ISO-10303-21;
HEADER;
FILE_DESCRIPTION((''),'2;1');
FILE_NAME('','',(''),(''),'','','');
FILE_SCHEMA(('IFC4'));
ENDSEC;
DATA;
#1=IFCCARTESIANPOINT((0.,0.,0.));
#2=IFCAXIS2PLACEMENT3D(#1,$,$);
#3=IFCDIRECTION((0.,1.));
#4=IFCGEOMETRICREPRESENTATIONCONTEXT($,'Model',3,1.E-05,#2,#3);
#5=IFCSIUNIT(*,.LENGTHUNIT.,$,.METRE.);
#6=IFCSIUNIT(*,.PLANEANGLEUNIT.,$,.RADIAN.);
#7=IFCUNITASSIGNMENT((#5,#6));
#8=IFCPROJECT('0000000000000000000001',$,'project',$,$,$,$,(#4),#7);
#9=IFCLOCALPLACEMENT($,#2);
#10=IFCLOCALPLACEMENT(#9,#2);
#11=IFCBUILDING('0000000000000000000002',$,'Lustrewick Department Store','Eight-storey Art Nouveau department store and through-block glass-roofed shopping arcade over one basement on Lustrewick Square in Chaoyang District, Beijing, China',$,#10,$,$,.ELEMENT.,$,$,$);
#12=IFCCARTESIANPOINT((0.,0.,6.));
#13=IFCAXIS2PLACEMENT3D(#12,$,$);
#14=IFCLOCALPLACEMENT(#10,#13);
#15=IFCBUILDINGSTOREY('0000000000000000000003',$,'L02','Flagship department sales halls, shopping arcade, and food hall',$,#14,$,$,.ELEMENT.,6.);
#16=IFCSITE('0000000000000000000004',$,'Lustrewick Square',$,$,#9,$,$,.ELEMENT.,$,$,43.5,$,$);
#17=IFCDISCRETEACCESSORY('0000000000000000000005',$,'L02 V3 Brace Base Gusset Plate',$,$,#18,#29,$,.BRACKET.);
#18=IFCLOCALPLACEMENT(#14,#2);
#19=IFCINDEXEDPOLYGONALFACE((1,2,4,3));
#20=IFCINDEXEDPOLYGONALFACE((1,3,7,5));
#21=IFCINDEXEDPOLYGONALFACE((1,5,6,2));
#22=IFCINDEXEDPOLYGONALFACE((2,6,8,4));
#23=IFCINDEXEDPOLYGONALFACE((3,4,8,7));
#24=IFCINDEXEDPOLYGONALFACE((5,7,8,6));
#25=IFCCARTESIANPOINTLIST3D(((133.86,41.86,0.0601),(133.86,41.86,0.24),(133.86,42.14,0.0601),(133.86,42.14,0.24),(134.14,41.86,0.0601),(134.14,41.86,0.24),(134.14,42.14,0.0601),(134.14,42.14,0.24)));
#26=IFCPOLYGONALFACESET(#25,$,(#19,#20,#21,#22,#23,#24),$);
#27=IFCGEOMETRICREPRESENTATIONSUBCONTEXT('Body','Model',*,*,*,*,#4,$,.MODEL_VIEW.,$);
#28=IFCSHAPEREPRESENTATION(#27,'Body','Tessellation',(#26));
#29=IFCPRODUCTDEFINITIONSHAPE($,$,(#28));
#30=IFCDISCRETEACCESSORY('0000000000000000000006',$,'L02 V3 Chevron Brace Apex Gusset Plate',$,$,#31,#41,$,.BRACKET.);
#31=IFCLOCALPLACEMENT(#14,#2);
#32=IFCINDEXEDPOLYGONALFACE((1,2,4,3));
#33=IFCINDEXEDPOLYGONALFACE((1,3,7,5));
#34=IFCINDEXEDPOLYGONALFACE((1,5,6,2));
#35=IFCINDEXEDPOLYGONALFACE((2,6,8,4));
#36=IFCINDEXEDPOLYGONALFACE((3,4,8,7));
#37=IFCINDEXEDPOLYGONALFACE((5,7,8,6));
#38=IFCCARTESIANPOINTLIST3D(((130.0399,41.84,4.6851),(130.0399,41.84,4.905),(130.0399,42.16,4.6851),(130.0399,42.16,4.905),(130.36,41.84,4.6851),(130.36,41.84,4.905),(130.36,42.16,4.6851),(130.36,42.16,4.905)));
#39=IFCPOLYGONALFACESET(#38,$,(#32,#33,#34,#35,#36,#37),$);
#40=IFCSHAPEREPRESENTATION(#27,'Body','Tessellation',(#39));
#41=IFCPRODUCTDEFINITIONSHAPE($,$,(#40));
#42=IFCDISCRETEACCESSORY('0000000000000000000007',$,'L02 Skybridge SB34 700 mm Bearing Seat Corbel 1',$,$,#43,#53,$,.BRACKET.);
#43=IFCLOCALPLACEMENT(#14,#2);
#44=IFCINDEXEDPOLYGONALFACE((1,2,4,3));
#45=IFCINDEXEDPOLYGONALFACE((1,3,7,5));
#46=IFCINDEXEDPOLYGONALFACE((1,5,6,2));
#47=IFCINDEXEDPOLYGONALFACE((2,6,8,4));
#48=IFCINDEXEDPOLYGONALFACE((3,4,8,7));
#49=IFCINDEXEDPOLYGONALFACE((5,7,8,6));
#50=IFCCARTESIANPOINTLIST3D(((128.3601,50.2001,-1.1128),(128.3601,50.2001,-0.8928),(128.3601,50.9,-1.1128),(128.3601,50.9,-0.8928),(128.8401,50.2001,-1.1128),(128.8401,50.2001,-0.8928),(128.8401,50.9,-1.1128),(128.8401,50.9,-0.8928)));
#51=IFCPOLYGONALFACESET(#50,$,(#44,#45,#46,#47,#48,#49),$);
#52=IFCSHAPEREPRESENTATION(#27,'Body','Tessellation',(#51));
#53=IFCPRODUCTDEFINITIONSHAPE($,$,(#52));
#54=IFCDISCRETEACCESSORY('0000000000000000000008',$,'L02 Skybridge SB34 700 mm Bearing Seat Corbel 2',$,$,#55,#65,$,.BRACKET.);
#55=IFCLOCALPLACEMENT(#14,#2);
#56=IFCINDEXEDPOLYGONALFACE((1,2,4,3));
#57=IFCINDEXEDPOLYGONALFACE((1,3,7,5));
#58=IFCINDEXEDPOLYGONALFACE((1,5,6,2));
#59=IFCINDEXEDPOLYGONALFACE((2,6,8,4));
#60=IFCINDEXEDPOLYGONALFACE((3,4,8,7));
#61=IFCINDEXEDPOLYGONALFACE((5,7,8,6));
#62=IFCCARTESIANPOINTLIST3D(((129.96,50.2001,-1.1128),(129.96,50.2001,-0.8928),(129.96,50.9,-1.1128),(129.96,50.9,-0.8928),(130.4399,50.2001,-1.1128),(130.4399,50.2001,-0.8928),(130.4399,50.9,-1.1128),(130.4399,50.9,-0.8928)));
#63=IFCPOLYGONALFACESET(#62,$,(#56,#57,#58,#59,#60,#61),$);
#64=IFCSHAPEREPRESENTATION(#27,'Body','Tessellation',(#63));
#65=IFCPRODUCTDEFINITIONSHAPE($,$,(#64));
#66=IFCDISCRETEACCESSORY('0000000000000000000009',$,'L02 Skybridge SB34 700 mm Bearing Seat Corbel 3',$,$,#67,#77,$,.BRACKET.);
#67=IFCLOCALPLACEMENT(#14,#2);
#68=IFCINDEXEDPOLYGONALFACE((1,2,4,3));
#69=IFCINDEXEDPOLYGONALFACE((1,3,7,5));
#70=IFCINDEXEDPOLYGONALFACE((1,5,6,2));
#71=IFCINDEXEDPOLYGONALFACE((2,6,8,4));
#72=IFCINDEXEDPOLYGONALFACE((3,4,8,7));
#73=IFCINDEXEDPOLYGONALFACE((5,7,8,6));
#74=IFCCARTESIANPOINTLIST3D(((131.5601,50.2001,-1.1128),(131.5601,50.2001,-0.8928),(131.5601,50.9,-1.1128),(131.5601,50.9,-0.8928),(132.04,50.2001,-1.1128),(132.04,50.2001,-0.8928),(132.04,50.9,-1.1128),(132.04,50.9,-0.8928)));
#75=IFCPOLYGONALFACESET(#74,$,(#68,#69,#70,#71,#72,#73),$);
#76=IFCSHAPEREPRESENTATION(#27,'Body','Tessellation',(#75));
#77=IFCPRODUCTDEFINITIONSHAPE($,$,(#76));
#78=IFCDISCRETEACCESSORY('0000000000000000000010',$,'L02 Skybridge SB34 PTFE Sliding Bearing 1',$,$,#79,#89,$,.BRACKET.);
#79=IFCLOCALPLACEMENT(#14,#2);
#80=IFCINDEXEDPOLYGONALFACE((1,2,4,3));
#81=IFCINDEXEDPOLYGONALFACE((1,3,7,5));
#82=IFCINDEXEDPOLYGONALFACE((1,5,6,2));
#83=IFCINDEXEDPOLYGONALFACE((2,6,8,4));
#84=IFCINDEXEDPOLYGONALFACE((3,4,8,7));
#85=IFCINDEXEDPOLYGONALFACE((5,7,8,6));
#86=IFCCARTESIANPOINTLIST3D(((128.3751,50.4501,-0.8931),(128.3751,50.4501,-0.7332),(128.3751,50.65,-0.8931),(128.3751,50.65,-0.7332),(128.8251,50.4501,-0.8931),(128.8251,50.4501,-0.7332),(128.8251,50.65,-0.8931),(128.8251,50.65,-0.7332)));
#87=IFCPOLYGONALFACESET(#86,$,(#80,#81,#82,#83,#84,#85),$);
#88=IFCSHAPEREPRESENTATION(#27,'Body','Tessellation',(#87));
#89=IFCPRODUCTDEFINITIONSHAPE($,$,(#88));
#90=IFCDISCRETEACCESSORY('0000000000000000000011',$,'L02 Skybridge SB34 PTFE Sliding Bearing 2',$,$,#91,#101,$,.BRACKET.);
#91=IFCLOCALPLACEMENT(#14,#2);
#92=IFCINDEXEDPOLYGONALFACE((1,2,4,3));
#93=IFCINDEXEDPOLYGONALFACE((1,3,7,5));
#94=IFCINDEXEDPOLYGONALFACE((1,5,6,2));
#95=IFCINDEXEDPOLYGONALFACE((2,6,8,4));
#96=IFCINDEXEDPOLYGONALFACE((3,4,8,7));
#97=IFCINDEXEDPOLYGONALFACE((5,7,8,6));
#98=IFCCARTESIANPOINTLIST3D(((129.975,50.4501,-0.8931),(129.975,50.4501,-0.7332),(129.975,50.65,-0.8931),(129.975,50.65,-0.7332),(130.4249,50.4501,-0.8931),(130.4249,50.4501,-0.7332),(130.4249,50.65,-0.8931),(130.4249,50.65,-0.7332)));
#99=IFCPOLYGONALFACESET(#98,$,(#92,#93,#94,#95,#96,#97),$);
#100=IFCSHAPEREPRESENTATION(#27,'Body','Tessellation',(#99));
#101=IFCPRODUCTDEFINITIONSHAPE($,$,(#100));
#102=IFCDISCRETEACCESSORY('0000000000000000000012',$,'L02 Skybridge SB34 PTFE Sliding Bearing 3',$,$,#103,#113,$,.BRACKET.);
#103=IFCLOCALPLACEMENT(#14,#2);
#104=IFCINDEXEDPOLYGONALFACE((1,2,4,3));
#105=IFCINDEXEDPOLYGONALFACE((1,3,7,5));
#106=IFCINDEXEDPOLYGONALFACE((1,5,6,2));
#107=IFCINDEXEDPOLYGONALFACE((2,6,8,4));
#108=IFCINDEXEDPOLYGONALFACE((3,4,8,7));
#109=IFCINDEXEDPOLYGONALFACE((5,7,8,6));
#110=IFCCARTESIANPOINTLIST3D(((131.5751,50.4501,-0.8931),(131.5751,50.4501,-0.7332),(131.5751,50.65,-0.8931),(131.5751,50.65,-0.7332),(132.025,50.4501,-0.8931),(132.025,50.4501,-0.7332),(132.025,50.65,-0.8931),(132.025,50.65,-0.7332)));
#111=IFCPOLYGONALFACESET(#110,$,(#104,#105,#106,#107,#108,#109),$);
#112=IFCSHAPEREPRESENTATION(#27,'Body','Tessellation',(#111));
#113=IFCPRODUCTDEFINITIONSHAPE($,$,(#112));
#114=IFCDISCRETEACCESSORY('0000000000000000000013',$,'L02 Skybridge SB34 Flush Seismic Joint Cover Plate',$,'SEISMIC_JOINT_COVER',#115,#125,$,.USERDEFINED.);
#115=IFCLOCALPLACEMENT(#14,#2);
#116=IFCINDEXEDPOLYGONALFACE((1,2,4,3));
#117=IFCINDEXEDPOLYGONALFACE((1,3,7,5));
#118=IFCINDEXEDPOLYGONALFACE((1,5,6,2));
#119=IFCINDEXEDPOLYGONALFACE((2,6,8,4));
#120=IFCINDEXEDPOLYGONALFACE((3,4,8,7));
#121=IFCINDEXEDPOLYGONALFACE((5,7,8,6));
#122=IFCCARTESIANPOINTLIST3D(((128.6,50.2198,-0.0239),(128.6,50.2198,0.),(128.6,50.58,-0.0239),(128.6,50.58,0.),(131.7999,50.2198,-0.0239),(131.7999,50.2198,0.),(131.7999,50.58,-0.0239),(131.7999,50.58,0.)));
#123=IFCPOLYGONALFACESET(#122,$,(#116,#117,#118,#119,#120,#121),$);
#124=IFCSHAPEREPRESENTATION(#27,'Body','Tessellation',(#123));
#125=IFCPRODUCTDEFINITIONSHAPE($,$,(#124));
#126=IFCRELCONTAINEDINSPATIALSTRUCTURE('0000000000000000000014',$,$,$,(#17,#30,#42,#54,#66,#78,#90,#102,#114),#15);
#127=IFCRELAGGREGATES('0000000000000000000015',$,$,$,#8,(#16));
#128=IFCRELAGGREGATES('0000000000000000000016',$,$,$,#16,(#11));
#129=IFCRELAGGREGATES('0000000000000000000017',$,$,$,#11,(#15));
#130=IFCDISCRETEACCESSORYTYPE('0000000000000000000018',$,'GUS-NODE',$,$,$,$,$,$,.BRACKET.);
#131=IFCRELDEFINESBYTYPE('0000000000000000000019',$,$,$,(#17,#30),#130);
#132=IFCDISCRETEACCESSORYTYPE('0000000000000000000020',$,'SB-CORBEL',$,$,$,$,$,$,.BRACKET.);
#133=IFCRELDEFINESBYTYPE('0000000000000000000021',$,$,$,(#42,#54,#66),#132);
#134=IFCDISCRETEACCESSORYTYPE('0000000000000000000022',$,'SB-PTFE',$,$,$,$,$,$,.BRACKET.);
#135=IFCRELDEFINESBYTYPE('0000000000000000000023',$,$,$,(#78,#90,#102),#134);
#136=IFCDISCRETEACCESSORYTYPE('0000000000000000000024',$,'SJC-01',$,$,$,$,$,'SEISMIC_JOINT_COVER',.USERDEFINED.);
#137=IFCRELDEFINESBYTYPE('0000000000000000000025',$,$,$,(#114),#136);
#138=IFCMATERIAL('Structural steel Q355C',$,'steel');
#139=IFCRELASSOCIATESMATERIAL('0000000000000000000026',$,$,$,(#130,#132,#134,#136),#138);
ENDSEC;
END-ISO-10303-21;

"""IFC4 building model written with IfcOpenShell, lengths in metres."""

from ifc_helpers import new_model, si_unit, direction, frame, origin, origin_2d, place, context, subcontext, project, spatial, rectangle, extrude, material, type_object, element, save


model = new_model("IFC4")

# Units and contexts
model_context = context("Model", 3, precision=1e-05, world=origin(), true_north=direction((0.0, 1.0)))
body_context = subcontext(model_context, "Body", "Model", "MODEL_VIEW")
ifc_project = project(units=[si_unit("LENGTHUNIT", "METRE"), si_unit("PLANEANGLEUNIT", "RADIAN")], contexts=[model_context])

# Site, building, storey
site_placement = place(None, origin())
site = spatial("IfcSite", under=ifc_project, at=site_placement, Name="Lustrewick Square", CompositionType="ELEMENT", RefElevation=43.5)
building_placement = place(site_placement, origin())
building = spatial("IfcBuilding", under=site, at=building_placement, Name="Lustrewick Department Store", Description="Eight-storey Art Nouveau department store and through-block glass-roofed shopping arcade over one basement on Lustrewick Square in Chaoyang District, Beijing, China", CompositionType="ELEMENT")
storey_placement = place(building_placement, frame((0.0, 0.0, 6.0)))
storey = spatial("IfcBuildingStorey", under=building, at=storey_placement, Name="L02", Description="Flagship department sales halls, shopping arcade, and food hall", CompositionType="ELEMENT", Elevation=6.0)

# Shared definitions
ifc_material_1 = material(Name="Structural steel Q355C", Category="steel")

# Discrete accessories
discrete_accessory_type_1 = type_object("IfcDiscreteAccessoryType", Name="GUS-NODE", PredefinedType="BRACKET", material=ifc_material_1)
for number, where, z_axis, x_axis, name in (
    (1, (134.0, 42.0, 0.0601), (0.0, 0.0, 1.0), (1.0, 0.0, 0.0), "L02 V3 Brace Base Gusset Plate"),
):
    element("IfcDiscreteAccessory", number, at=place(storey_placement, frame(where, z_axis=z_axis, x_axis=x_axis)), inside=storey, type_object=discrete_accessory_type_1, Name=name, PredefinedType="BRACKET", context=body_context, shape_type="SweptSolid", body=[
        extrude(rectangle(XDim=0.28, YDim=0.28, at=origin_2d()), origin(), (0.0, 0.0, 1.0), 0.1799),
    ])
discrete_accessory_1_placement = place(storey_placement, frame((130.2, 42.0, 4.6851), z_axis=(0.0, 0.0, 1.0), x_axis=(1.0, 0.0, 0.0)))
element("IfcDiscreteAccessory", 2, at=discrete_accessory_1_placement, inside=storey, type_object=discrete_accessory_type_1, Name="L02 V3 Chevron Brace Apex Gusset Plate", PredefinedType="BRACKET", context=body_context, shape_type="SweptSolid", body=[
    extrude(rectangle(XDim=0.3201, YDim=0.3201, at=origin_2d()), origin(), (0.0, 0.0, 1.0), 0.22),
])
discrete_accessory_type_2 = type_object("IfcDiscreteAccessoryType", Name="SB-CORBEL", PredefinedType="BRACKET", material=ifc_material_1)
for number, where, z_axis, x_axis, name in (
    (3, (128.6001, 50.55, -1.1128), (0.0, 0.0, 1.0), (1.0, 0.0, 0.0), "L02 Skybridge SB34 700 mm Bearing Seat Corbel 1"),
    (4, (130.2, 50.55, -1.1128), (0.0, 0.0, 1.0), (1.0, 0.0, 0.0), "L02 Skybridge SB34 700 mm Bearing Seat Corbel 2"),
    (5, (131.8, 50.55, -1.1128), (0.0, 0.0, 1.0), (1.0, 0.0, 0.0), "L02 Skybridge SB34 700 mm Bearing Seat Corbel 3"),
):
    element("IfcDiscreteAccessory", number, at=place(storey_placement, frame(where, z_axis=z_axis, x_axis=x_axis)), inside=storey, type_object=discrete_accessory_type_2, Name=name, PredefinedType="BRACKET", context=body_context, shape_type="SweptSolid", body=[
        extrude(rectangle(XDim=0.48, YDim=0.7, at=origin_2d()), origin(), (0.0, 0.0, 1.0), 0.22),
    ])
discrete_accessory_type_3 = type_object("IfcDiscreteAccessoryType", Name="SB-PTFE", PredefinedType="BRACKET", material=ifc_material_1)
for number, where, z_axis, x_axis, name in (
    (6, (128.6001, 50.55, -0.8931), (0.0, 0.0, 1.0), (1.0, 0.0, 0.0), "L02 Skybridge SB34 PTFE Sliding Bearing 1"),
    (7, (130.2, 50.55, -0.8931), (0.0, 0.0, 1.0), (1.0, 0.0, 0.0), "L02 Skybridge SB34 PTFE Sliding Bearing 2"),
    (8, (131.8, 50.55, -0.8931), (0.0, 0.0, 1.0), (1.0, 0.0, 0.0), "L02 Skybridge SB34 PTFE Sliding Bearing 3"),
):
    element("IfcDiscreteAccessory", number, at=place(storey_placement, frame(where, z_axis=z_axis, x_axis=x_axis)), inside=storey, type_object=discrete_accessory_type_3, Name=name, PredefinedType="BRACKET", context=body_context, shape_type="SweptSolid", body=[
        extrude(rectangle(XDim=0.45, YDim=0.2, at=origin_2d()), origin(), (0.0, 0.0, 1.0), 0.1599),
    ])
discrete_accessory_type_4 = type_object("IfcDiscreteAccessoryType", Name="SJC-01", ElementType="SEISMIC_JOINT_COVER", PredefinedType="USERDEFINED", material=ifc_material_1)
discrete_accessory_2_placement = place(storey_placement, frame((130.2, 50.3999, -0.0239), z_axis=(0.0, 0.0, 1.0), x_axis=(1.0, 0.0, 0.0)))
element("IfcDiscreteAccessory", 9, at=discrete_accessory_2_placement, inside=storey, type_object=discrete_accessory_type_4, Name="L02 Skybridge SB34 Flush Seismic Joint Cover Plate", ObjectType="SEISMIC_JOINT_COVER", PredefinedType="USERDEFINED", context=body_context, shape_type="SweptSolid", body=[
    extrude(rectangle(XDim=3.2, YDim=0.3601, at=origin_2d()), origin(), (0.0, 0.0, 1.0), 0.0239),
])

save(model, "model.ifc")
